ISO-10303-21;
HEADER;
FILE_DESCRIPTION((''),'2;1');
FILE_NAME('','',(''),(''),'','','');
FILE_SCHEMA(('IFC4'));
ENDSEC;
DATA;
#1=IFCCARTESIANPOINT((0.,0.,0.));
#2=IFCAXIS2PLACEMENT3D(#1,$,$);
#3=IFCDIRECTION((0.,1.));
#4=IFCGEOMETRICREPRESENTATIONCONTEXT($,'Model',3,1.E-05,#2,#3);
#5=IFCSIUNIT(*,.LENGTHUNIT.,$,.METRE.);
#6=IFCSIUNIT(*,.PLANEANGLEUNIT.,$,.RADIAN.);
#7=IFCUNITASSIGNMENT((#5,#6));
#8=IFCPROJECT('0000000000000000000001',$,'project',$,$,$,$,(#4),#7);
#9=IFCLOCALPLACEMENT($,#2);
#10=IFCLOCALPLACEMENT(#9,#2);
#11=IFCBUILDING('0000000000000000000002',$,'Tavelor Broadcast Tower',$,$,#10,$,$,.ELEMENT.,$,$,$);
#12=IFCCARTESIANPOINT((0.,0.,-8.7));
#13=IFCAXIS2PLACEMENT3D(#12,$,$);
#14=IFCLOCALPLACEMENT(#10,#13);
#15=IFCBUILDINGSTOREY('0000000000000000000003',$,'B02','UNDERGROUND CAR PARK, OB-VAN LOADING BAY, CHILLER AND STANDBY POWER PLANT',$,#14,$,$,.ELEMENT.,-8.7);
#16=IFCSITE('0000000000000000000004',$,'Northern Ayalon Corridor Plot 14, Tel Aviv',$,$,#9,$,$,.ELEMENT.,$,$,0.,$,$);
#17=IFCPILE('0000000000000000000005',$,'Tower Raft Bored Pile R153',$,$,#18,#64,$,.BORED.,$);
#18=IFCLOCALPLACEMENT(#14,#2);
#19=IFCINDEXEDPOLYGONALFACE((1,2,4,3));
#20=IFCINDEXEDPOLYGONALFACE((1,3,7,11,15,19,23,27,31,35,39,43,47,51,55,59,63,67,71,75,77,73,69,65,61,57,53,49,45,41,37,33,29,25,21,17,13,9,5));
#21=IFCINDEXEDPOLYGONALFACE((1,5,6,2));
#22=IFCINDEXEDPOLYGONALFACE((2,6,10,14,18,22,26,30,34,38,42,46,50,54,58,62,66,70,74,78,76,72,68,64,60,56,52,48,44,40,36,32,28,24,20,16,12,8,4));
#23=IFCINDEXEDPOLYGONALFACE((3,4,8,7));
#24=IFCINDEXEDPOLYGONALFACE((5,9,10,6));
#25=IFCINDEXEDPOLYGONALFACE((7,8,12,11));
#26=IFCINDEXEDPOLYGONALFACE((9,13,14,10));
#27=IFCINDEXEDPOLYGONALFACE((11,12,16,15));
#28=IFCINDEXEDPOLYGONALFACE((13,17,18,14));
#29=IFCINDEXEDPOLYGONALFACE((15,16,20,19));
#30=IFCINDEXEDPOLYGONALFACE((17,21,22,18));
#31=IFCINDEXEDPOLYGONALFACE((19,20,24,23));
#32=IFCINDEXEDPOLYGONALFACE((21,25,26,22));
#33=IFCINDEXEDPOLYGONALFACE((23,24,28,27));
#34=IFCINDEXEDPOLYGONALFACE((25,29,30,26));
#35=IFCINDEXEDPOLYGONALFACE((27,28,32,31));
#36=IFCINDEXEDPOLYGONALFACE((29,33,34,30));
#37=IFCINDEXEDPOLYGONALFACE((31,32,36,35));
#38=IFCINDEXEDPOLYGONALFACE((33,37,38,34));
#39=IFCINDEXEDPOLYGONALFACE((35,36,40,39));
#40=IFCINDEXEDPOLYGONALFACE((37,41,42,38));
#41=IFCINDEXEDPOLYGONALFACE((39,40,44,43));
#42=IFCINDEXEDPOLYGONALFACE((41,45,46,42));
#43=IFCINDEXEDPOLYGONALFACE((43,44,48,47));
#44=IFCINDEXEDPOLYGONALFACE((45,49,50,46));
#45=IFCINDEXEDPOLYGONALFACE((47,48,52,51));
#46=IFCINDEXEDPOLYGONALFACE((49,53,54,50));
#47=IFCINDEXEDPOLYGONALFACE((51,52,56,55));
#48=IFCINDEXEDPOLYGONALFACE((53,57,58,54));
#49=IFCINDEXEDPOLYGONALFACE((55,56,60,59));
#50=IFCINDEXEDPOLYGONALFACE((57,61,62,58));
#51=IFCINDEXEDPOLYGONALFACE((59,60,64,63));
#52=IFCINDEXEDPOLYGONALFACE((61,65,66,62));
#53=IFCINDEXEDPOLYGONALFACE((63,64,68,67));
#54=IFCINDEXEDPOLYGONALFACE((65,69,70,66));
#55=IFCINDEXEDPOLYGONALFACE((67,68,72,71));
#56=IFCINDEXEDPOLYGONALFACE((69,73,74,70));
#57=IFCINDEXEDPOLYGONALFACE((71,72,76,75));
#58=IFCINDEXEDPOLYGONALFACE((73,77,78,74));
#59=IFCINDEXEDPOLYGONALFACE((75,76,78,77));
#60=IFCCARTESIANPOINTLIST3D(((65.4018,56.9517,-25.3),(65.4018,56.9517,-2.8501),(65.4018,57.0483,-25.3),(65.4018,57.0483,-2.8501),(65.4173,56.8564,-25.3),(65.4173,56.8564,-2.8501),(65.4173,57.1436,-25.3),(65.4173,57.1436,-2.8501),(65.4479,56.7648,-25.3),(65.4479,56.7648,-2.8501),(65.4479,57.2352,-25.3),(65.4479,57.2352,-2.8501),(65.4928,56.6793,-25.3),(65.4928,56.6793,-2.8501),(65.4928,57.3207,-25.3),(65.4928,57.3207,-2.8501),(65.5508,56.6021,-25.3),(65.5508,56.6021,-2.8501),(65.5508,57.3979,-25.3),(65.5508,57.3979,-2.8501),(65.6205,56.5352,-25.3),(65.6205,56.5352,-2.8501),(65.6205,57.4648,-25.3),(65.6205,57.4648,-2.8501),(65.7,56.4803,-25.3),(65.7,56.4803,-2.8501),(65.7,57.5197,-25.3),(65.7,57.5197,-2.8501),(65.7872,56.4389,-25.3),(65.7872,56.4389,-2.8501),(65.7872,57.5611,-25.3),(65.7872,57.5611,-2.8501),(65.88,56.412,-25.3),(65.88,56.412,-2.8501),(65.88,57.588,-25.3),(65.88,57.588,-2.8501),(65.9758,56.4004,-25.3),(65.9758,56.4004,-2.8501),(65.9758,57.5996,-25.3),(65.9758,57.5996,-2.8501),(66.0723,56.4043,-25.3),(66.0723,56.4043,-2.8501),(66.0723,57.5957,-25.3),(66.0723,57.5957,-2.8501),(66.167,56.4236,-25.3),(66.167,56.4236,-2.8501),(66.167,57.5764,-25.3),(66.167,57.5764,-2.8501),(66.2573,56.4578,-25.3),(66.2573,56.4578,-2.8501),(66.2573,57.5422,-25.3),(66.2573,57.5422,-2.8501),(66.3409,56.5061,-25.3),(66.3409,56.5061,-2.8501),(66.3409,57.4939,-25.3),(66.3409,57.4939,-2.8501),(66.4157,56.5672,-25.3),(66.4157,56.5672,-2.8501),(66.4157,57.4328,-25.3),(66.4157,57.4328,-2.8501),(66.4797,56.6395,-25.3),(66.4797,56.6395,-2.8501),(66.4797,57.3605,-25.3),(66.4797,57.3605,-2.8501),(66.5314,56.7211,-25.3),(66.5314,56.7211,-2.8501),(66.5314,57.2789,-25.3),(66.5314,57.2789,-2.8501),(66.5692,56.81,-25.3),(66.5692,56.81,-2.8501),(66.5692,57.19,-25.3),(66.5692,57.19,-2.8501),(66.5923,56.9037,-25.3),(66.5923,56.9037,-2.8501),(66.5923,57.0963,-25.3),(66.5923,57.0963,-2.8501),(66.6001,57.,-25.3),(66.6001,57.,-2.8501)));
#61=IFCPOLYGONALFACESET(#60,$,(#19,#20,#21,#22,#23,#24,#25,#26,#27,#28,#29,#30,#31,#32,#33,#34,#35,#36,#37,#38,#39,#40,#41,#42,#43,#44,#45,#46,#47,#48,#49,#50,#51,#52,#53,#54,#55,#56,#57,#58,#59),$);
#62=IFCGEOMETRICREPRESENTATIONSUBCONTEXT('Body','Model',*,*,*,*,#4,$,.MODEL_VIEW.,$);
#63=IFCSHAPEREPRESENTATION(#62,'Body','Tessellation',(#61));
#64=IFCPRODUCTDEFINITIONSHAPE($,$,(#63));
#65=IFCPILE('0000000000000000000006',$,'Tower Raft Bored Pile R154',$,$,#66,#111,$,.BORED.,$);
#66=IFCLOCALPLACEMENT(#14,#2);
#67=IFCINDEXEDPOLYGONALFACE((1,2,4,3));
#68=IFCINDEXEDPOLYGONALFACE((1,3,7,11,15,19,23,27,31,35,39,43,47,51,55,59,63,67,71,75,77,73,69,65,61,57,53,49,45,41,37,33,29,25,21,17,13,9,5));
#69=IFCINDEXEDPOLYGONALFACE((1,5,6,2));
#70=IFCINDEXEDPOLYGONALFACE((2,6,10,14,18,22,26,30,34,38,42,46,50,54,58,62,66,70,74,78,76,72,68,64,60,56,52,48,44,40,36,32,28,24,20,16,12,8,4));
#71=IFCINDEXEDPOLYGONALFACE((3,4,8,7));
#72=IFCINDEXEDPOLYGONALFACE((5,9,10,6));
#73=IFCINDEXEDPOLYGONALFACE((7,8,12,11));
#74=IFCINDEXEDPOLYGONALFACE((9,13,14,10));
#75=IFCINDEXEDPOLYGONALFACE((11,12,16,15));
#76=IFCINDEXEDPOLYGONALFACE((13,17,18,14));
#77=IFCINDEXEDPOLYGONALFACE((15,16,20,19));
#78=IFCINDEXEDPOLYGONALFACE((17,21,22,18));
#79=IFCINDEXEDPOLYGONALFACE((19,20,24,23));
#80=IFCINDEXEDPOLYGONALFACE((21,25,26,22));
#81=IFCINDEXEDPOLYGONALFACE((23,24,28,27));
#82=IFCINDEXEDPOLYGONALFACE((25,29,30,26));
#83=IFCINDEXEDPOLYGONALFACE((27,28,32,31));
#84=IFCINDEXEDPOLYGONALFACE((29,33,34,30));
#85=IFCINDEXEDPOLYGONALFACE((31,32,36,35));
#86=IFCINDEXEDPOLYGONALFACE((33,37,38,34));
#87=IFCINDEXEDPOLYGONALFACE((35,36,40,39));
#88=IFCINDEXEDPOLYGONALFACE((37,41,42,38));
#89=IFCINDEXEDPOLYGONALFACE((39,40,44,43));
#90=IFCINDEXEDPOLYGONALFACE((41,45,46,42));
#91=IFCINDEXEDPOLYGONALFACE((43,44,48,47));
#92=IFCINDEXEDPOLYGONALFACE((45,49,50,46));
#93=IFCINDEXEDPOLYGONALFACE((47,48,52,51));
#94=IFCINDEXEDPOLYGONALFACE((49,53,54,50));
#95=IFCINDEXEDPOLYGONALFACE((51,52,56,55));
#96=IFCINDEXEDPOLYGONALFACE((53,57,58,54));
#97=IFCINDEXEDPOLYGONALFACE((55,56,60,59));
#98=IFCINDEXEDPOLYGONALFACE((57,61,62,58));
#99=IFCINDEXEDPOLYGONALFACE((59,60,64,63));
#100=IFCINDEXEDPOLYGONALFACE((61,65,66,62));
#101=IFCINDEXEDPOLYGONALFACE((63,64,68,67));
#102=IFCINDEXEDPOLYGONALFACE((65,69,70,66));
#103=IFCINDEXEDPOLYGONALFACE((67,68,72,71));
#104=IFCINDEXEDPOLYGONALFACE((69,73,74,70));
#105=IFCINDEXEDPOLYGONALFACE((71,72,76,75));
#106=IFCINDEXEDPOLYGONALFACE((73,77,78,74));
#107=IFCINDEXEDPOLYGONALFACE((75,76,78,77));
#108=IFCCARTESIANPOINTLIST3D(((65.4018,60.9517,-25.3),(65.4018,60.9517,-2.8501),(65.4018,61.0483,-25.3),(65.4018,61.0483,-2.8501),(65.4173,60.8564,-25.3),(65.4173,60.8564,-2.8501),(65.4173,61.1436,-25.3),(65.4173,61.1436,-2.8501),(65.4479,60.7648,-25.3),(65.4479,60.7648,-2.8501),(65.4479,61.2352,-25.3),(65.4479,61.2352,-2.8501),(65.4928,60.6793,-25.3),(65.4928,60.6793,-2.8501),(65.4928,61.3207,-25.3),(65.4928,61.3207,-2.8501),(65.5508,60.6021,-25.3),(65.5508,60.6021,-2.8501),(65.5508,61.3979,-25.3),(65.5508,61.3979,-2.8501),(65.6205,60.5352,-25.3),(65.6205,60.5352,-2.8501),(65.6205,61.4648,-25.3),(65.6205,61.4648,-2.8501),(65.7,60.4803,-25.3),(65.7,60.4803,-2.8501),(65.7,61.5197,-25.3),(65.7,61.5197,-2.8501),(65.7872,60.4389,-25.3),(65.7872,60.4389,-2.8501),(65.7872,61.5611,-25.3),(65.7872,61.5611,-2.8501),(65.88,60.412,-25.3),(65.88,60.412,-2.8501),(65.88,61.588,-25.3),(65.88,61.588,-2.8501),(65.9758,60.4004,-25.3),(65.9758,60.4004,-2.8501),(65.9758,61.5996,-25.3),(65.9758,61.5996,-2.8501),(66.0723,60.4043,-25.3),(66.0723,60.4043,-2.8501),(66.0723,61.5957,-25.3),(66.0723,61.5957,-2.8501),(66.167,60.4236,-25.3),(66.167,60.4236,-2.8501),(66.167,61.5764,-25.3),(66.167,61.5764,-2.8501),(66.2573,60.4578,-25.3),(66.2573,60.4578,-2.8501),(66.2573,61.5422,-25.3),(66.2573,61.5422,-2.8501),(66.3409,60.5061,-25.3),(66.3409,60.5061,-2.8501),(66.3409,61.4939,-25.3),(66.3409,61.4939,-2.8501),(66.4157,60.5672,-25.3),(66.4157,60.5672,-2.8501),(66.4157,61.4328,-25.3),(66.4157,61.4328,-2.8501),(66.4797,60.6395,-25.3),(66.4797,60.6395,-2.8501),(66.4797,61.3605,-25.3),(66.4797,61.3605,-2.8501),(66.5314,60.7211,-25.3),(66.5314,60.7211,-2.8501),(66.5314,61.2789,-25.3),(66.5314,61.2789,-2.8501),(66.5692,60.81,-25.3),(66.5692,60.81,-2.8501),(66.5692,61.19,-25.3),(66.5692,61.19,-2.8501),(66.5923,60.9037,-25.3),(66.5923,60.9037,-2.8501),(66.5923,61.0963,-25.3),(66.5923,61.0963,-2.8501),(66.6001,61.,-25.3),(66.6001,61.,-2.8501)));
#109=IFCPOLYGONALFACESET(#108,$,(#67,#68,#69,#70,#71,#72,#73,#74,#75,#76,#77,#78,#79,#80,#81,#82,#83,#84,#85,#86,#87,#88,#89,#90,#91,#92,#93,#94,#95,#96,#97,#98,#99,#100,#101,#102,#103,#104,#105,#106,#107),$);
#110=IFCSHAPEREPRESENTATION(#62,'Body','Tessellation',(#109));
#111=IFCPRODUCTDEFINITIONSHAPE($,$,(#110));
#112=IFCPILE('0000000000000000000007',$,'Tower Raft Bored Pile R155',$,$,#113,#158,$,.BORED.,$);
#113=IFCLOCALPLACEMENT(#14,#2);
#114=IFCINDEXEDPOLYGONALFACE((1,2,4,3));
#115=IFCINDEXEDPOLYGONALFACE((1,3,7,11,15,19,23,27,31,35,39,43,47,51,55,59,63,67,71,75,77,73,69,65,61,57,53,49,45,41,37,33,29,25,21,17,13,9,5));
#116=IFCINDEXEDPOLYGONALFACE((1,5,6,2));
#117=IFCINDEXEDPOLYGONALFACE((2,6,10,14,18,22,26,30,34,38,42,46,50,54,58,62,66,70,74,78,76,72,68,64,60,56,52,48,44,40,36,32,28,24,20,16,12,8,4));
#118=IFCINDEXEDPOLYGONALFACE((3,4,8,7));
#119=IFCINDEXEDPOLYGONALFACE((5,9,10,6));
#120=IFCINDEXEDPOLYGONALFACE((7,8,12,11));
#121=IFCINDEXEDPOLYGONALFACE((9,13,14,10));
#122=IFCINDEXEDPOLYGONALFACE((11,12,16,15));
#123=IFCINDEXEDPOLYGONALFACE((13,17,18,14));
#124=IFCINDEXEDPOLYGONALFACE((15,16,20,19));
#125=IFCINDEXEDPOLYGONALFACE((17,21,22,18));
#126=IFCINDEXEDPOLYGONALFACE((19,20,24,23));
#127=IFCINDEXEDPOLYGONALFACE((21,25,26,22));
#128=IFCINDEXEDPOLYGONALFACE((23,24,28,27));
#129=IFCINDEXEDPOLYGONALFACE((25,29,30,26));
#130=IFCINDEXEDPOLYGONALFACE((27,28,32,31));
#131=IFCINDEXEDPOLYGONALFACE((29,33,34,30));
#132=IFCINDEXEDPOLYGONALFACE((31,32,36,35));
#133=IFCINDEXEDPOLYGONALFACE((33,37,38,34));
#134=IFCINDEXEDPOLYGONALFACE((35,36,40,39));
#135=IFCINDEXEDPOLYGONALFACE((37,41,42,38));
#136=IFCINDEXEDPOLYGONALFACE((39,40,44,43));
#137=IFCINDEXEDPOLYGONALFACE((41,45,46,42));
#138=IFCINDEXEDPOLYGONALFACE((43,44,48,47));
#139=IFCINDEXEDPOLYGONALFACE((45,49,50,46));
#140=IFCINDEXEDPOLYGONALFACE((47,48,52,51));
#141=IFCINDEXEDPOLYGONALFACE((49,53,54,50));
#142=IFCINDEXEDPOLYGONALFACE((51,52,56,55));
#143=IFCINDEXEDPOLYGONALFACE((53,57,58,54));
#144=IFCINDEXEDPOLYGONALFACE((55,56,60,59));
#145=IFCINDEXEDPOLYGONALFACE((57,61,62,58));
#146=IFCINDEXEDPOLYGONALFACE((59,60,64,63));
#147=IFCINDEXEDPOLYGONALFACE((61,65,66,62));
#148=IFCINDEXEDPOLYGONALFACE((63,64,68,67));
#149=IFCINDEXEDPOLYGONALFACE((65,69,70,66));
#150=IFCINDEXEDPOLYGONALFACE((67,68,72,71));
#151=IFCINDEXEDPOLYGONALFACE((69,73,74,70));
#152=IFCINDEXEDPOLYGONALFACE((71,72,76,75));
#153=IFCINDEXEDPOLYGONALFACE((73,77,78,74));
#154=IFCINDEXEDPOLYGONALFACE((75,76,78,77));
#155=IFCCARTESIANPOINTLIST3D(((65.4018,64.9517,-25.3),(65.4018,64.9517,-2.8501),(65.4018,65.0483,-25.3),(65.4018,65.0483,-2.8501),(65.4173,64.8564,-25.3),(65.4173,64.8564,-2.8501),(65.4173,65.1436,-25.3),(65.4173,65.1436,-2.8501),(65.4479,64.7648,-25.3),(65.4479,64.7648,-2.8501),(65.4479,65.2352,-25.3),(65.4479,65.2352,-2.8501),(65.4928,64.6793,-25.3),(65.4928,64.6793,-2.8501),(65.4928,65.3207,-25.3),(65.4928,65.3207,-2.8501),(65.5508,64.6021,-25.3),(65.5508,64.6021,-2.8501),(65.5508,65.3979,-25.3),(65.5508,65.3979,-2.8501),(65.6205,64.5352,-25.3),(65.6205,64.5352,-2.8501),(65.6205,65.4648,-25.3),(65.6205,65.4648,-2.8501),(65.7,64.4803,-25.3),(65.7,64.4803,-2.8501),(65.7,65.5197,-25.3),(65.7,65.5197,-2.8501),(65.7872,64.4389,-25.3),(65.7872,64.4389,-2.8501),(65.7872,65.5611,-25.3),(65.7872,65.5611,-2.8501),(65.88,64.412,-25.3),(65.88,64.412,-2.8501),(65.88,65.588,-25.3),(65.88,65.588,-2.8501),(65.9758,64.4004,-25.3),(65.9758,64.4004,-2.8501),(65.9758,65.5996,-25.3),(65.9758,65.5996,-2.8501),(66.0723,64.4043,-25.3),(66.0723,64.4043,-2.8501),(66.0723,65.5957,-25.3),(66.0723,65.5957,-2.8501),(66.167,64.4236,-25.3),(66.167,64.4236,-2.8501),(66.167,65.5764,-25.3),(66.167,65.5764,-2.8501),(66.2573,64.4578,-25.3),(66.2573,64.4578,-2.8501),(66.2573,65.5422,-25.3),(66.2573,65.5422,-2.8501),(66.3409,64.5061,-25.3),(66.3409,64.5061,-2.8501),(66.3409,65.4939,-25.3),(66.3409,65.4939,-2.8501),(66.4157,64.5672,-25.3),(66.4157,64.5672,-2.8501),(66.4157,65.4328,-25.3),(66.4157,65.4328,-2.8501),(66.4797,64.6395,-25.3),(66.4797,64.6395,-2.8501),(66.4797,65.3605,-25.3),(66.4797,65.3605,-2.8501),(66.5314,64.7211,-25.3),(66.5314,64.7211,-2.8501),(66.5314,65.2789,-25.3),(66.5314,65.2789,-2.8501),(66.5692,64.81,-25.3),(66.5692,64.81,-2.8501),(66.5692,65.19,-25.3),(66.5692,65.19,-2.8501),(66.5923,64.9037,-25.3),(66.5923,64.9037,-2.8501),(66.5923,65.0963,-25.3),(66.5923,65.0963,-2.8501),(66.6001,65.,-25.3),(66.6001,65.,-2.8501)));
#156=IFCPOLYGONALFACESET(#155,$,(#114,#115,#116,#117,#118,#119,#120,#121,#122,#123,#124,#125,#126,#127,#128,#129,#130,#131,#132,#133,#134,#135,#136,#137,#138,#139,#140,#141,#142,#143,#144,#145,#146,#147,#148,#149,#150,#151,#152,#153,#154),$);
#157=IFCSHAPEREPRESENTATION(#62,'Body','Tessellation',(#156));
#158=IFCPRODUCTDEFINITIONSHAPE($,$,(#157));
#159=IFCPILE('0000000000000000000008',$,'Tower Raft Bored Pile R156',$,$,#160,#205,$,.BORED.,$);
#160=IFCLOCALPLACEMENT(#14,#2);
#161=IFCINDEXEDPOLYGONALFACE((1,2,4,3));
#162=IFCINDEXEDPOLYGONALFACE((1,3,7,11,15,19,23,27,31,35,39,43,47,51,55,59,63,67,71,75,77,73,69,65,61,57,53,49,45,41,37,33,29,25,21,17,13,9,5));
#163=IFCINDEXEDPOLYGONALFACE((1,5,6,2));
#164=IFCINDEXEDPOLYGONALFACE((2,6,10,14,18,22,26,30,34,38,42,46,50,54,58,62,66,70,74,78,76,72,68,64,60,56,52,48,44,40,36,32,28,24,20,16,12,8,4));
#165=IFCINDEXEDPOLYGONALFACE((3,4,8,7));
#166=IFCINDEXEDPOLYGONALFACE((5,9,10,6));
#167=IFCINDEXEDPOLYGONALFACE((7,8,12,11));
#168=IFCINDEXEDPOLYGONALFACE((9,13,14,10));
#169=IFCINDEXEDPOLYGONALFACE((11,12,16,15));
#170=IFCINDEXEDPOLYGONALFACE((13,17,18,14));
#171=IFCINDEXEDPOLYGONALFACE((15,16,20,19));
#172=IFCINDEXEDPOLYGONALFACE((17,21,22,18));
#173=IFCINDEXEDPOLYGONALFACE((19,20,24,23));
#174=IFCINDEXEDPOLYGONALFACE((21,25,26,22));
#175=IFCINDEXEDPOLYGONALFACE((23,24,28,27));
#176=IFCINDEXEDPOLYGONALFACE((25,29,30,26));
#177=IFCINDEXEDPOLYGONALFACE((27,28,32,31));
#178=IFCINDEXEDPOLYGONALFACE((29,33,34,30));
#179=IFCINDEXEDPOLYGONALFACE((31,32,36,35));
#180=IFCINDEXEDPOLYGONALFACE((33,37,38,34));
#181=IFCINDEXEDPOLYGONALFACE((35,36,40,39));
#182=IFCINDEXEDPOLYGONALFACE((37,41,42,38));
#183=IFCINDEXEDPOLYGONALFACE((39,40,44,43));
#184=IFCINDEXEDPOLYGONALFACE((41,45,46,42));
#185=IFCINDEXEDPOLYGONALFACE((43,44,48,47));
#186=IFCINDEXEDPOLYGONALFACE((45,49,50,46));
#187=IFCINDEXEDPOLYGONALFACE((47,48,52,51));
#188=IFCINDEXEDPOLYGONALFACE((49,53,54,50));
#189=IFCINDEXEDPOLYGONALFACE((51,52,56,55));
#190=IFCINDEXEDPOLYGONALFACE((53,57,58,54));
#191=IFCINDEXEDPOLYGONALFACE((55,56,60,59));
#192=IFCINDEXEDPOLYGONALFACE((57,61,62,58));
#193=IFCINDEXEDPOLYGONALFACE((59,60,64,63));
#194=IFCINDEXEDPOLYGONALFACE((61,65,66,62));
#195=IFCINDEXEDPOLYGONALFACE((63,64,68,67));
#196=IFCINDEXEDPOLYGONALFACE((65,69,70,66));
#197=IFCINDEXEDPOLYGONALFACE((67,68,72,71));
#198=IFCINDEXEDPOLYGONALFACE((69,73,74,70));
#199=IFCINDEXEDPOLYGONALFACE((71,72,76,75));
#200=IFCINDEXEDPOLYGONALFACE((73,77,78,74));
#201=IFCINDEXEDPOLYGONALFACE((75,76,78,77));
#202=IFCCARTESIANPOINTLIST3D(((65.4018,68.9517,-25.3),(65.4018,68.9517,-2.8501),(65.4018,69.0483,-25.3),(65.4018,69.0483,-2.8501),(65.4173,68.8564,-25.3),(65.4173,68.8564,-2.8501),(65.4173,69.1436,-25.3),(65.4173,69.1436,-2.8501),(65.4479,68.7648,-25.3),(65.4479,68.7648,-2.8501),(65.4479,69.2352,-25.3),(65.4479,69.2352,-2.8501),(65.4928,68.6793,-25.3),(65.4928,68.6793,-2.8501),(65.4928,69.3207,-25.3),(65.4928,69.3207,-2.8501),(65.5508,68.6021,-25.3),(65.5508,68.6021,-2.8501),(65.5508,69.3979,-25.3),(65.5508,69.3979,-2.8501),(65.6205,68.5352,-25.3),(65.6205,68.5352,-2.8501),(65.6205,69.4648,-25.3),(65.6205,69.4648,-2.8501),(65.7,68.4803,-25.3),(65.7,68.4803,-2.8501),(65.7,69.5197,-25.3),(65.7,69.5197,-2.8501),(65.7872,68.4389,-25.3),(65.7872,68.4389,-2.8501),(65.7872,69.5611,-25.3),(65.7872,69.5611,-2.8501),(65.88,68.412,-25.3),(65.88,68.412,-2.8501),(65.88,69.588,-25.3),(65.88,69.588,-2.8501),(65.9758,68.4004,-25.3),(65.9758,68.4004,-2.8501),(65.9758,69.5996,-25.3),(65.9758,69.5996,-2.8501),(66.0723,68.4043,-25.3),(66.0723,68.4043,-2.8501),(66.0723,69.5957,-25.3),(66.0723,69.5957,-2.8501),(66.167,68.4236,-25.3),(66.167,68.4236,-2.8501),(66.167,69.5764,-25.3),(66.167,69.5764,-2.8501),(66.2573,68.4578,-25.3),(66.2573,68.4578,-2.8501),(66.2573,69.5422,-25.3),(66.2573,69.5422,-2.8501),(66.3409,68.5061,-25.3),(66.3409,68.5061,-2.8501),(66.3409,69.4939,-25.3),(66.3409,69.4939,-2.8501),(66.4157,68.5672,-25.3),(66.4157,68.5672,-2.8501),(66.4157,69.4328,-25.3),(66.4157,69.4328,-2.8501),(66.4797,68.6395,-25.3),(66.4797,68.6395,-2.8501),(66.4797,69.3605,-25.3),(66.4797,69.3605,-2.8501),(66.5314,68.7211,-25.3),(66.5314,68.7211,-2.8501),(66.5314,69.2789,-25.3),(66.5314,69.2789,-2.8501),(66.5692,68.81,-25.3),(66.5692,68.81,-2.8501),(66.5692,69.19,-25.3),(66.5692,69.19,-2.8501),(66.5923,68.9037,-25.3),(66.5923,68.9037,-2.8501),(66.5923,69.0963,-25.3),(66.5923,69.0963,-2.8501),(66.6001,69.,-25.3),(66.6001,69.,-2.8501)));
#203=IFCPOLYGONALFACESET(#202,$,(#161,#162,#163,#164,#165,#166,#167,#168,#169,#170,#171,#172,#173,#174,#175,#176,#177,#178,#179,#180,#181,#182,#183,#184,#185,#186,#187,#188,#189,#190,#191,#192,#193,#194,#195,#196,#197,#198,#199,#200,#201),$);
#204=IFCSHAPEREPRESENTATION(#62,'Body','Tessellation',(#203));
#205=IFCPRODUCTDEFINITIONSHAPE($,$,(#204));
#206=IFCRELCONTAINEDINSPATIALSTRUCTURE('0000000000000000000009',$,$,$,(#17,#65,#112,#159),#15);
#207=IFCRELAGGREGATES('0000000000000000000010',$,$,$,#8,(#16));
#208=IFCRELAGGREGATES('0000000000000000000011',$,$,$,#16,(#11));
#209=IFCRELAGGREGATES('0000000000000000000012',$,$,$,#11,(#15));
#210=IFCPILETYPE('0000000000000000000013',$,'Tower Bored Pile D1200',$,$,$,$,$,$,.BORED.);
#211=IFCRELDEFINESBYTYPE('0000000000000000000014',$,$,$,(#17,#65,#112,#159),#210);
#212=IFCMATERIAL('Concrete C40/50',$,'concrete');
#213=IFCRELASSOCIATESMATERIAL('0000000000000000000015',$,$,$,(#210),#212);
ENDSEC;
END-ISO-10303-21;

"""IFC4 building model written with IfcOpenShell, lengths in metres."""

from ifc_helpers import new_model, si_unit, direction, frame, origin, origin_2d, place, context, subcontext, project, spatial, circle, extrude, material, material_profile, profile_set, type_object, element, save


model = new_model("IFC4")

# Units and contexts
model_context = context("Model", 3, precision=1e-05, world=origin(), true_north=direction((0.0, 1.0)))
body_context = subcontext(model_context, "Body", "Model", "MODEL_VIEW")
ifc_project = project(units=[si_unit("LENGTHUNIT", "METRE"), si_unit("PLANEANGLEUNIT", "RADIAN")], contexts=[model_context])

# Site, building, storey
site_placement = place(None, origin())
site = spatial("IfcSite", under=ifc_project, at=site_placement, Name="Northern Ayalon Corridor Plot 14, Tel Aviv", CompositionType="ELEMENT", RefElevation=0.0)
building_placement = place(site_placement, origin())
building = spatial("IfcBuilding", under=site, at=building_placement, Name="Tavelor Broadcast Tower", CompositionType="ELEMENT")
storey_placement = place(building_placement, frame((0.0, 0.0, -8.7)))
storey = spatial("IfcBuildingStorey", under=building, at=storey_placement, Name="B02", Description="UNDERGROUND CAR PARK, OB-VAN LOADING BAY, CHILLER AND STANDBY POWER PLANT", CompositionType="ELEMENT", Elevation=-8.7)

# Piles
ifc_material_1 = material(Name="Concrete C40/50", Category="concrete")
ifc_material_profile_1 = material_profile(ifc_material_1, circle(Radius=0.6001, at=origin_2d()), Name="PILE D1200")
ifc_profile_set_1 = profile_set([ifc_material_profile_1], Name="Concrete C40/50")
pile_type = type_object("IfcPileType", Name="Tower Bored Pile D1200", PredefinedType="BORED", material=ifc_profile_set_1)
for number, where, z_axis, x_axis, name in (
    (1, (66.0, 57.0, -2.8501), (0.0, 0.0, -1.0), (1.0, 0.0, 0.0), "Tower Raft Bored Pile R153"),
    (2, (66.0, 61.0, -2.8501), (0.0, 0.0, -1.0), (1.0, 0.0, 0.0), "Tower Raft Bored Pile R154"),
    (3, (66.0, 65.0, -2.8501), (0.0, 0.0, -1.0), (1.0, 0.0, 0.0), "Tower Raft Bored Pile R155"),
    (4, (66.0, 69.0, -2.8501), (0.0, 0.0, -1.0), (1.0, 0.0, 0.0), "Tower Raft Bored Pile R156"),
):
    element("IfcPile", number, at=place(storey_placement, frame(where, z_axis=z_axis, x_axis=x_axis)), inside=storey, type_object=pile_type, Name=name, PredefinedType="BORED", context=body_context, shape_type="SweptSolid", body=[
        extrude(circle(Radius=0.6001, at=origin_2d()), origin(), (0.0, 0.0, 1.0), 22.45),
    ])

save(model, "model.ifc")
